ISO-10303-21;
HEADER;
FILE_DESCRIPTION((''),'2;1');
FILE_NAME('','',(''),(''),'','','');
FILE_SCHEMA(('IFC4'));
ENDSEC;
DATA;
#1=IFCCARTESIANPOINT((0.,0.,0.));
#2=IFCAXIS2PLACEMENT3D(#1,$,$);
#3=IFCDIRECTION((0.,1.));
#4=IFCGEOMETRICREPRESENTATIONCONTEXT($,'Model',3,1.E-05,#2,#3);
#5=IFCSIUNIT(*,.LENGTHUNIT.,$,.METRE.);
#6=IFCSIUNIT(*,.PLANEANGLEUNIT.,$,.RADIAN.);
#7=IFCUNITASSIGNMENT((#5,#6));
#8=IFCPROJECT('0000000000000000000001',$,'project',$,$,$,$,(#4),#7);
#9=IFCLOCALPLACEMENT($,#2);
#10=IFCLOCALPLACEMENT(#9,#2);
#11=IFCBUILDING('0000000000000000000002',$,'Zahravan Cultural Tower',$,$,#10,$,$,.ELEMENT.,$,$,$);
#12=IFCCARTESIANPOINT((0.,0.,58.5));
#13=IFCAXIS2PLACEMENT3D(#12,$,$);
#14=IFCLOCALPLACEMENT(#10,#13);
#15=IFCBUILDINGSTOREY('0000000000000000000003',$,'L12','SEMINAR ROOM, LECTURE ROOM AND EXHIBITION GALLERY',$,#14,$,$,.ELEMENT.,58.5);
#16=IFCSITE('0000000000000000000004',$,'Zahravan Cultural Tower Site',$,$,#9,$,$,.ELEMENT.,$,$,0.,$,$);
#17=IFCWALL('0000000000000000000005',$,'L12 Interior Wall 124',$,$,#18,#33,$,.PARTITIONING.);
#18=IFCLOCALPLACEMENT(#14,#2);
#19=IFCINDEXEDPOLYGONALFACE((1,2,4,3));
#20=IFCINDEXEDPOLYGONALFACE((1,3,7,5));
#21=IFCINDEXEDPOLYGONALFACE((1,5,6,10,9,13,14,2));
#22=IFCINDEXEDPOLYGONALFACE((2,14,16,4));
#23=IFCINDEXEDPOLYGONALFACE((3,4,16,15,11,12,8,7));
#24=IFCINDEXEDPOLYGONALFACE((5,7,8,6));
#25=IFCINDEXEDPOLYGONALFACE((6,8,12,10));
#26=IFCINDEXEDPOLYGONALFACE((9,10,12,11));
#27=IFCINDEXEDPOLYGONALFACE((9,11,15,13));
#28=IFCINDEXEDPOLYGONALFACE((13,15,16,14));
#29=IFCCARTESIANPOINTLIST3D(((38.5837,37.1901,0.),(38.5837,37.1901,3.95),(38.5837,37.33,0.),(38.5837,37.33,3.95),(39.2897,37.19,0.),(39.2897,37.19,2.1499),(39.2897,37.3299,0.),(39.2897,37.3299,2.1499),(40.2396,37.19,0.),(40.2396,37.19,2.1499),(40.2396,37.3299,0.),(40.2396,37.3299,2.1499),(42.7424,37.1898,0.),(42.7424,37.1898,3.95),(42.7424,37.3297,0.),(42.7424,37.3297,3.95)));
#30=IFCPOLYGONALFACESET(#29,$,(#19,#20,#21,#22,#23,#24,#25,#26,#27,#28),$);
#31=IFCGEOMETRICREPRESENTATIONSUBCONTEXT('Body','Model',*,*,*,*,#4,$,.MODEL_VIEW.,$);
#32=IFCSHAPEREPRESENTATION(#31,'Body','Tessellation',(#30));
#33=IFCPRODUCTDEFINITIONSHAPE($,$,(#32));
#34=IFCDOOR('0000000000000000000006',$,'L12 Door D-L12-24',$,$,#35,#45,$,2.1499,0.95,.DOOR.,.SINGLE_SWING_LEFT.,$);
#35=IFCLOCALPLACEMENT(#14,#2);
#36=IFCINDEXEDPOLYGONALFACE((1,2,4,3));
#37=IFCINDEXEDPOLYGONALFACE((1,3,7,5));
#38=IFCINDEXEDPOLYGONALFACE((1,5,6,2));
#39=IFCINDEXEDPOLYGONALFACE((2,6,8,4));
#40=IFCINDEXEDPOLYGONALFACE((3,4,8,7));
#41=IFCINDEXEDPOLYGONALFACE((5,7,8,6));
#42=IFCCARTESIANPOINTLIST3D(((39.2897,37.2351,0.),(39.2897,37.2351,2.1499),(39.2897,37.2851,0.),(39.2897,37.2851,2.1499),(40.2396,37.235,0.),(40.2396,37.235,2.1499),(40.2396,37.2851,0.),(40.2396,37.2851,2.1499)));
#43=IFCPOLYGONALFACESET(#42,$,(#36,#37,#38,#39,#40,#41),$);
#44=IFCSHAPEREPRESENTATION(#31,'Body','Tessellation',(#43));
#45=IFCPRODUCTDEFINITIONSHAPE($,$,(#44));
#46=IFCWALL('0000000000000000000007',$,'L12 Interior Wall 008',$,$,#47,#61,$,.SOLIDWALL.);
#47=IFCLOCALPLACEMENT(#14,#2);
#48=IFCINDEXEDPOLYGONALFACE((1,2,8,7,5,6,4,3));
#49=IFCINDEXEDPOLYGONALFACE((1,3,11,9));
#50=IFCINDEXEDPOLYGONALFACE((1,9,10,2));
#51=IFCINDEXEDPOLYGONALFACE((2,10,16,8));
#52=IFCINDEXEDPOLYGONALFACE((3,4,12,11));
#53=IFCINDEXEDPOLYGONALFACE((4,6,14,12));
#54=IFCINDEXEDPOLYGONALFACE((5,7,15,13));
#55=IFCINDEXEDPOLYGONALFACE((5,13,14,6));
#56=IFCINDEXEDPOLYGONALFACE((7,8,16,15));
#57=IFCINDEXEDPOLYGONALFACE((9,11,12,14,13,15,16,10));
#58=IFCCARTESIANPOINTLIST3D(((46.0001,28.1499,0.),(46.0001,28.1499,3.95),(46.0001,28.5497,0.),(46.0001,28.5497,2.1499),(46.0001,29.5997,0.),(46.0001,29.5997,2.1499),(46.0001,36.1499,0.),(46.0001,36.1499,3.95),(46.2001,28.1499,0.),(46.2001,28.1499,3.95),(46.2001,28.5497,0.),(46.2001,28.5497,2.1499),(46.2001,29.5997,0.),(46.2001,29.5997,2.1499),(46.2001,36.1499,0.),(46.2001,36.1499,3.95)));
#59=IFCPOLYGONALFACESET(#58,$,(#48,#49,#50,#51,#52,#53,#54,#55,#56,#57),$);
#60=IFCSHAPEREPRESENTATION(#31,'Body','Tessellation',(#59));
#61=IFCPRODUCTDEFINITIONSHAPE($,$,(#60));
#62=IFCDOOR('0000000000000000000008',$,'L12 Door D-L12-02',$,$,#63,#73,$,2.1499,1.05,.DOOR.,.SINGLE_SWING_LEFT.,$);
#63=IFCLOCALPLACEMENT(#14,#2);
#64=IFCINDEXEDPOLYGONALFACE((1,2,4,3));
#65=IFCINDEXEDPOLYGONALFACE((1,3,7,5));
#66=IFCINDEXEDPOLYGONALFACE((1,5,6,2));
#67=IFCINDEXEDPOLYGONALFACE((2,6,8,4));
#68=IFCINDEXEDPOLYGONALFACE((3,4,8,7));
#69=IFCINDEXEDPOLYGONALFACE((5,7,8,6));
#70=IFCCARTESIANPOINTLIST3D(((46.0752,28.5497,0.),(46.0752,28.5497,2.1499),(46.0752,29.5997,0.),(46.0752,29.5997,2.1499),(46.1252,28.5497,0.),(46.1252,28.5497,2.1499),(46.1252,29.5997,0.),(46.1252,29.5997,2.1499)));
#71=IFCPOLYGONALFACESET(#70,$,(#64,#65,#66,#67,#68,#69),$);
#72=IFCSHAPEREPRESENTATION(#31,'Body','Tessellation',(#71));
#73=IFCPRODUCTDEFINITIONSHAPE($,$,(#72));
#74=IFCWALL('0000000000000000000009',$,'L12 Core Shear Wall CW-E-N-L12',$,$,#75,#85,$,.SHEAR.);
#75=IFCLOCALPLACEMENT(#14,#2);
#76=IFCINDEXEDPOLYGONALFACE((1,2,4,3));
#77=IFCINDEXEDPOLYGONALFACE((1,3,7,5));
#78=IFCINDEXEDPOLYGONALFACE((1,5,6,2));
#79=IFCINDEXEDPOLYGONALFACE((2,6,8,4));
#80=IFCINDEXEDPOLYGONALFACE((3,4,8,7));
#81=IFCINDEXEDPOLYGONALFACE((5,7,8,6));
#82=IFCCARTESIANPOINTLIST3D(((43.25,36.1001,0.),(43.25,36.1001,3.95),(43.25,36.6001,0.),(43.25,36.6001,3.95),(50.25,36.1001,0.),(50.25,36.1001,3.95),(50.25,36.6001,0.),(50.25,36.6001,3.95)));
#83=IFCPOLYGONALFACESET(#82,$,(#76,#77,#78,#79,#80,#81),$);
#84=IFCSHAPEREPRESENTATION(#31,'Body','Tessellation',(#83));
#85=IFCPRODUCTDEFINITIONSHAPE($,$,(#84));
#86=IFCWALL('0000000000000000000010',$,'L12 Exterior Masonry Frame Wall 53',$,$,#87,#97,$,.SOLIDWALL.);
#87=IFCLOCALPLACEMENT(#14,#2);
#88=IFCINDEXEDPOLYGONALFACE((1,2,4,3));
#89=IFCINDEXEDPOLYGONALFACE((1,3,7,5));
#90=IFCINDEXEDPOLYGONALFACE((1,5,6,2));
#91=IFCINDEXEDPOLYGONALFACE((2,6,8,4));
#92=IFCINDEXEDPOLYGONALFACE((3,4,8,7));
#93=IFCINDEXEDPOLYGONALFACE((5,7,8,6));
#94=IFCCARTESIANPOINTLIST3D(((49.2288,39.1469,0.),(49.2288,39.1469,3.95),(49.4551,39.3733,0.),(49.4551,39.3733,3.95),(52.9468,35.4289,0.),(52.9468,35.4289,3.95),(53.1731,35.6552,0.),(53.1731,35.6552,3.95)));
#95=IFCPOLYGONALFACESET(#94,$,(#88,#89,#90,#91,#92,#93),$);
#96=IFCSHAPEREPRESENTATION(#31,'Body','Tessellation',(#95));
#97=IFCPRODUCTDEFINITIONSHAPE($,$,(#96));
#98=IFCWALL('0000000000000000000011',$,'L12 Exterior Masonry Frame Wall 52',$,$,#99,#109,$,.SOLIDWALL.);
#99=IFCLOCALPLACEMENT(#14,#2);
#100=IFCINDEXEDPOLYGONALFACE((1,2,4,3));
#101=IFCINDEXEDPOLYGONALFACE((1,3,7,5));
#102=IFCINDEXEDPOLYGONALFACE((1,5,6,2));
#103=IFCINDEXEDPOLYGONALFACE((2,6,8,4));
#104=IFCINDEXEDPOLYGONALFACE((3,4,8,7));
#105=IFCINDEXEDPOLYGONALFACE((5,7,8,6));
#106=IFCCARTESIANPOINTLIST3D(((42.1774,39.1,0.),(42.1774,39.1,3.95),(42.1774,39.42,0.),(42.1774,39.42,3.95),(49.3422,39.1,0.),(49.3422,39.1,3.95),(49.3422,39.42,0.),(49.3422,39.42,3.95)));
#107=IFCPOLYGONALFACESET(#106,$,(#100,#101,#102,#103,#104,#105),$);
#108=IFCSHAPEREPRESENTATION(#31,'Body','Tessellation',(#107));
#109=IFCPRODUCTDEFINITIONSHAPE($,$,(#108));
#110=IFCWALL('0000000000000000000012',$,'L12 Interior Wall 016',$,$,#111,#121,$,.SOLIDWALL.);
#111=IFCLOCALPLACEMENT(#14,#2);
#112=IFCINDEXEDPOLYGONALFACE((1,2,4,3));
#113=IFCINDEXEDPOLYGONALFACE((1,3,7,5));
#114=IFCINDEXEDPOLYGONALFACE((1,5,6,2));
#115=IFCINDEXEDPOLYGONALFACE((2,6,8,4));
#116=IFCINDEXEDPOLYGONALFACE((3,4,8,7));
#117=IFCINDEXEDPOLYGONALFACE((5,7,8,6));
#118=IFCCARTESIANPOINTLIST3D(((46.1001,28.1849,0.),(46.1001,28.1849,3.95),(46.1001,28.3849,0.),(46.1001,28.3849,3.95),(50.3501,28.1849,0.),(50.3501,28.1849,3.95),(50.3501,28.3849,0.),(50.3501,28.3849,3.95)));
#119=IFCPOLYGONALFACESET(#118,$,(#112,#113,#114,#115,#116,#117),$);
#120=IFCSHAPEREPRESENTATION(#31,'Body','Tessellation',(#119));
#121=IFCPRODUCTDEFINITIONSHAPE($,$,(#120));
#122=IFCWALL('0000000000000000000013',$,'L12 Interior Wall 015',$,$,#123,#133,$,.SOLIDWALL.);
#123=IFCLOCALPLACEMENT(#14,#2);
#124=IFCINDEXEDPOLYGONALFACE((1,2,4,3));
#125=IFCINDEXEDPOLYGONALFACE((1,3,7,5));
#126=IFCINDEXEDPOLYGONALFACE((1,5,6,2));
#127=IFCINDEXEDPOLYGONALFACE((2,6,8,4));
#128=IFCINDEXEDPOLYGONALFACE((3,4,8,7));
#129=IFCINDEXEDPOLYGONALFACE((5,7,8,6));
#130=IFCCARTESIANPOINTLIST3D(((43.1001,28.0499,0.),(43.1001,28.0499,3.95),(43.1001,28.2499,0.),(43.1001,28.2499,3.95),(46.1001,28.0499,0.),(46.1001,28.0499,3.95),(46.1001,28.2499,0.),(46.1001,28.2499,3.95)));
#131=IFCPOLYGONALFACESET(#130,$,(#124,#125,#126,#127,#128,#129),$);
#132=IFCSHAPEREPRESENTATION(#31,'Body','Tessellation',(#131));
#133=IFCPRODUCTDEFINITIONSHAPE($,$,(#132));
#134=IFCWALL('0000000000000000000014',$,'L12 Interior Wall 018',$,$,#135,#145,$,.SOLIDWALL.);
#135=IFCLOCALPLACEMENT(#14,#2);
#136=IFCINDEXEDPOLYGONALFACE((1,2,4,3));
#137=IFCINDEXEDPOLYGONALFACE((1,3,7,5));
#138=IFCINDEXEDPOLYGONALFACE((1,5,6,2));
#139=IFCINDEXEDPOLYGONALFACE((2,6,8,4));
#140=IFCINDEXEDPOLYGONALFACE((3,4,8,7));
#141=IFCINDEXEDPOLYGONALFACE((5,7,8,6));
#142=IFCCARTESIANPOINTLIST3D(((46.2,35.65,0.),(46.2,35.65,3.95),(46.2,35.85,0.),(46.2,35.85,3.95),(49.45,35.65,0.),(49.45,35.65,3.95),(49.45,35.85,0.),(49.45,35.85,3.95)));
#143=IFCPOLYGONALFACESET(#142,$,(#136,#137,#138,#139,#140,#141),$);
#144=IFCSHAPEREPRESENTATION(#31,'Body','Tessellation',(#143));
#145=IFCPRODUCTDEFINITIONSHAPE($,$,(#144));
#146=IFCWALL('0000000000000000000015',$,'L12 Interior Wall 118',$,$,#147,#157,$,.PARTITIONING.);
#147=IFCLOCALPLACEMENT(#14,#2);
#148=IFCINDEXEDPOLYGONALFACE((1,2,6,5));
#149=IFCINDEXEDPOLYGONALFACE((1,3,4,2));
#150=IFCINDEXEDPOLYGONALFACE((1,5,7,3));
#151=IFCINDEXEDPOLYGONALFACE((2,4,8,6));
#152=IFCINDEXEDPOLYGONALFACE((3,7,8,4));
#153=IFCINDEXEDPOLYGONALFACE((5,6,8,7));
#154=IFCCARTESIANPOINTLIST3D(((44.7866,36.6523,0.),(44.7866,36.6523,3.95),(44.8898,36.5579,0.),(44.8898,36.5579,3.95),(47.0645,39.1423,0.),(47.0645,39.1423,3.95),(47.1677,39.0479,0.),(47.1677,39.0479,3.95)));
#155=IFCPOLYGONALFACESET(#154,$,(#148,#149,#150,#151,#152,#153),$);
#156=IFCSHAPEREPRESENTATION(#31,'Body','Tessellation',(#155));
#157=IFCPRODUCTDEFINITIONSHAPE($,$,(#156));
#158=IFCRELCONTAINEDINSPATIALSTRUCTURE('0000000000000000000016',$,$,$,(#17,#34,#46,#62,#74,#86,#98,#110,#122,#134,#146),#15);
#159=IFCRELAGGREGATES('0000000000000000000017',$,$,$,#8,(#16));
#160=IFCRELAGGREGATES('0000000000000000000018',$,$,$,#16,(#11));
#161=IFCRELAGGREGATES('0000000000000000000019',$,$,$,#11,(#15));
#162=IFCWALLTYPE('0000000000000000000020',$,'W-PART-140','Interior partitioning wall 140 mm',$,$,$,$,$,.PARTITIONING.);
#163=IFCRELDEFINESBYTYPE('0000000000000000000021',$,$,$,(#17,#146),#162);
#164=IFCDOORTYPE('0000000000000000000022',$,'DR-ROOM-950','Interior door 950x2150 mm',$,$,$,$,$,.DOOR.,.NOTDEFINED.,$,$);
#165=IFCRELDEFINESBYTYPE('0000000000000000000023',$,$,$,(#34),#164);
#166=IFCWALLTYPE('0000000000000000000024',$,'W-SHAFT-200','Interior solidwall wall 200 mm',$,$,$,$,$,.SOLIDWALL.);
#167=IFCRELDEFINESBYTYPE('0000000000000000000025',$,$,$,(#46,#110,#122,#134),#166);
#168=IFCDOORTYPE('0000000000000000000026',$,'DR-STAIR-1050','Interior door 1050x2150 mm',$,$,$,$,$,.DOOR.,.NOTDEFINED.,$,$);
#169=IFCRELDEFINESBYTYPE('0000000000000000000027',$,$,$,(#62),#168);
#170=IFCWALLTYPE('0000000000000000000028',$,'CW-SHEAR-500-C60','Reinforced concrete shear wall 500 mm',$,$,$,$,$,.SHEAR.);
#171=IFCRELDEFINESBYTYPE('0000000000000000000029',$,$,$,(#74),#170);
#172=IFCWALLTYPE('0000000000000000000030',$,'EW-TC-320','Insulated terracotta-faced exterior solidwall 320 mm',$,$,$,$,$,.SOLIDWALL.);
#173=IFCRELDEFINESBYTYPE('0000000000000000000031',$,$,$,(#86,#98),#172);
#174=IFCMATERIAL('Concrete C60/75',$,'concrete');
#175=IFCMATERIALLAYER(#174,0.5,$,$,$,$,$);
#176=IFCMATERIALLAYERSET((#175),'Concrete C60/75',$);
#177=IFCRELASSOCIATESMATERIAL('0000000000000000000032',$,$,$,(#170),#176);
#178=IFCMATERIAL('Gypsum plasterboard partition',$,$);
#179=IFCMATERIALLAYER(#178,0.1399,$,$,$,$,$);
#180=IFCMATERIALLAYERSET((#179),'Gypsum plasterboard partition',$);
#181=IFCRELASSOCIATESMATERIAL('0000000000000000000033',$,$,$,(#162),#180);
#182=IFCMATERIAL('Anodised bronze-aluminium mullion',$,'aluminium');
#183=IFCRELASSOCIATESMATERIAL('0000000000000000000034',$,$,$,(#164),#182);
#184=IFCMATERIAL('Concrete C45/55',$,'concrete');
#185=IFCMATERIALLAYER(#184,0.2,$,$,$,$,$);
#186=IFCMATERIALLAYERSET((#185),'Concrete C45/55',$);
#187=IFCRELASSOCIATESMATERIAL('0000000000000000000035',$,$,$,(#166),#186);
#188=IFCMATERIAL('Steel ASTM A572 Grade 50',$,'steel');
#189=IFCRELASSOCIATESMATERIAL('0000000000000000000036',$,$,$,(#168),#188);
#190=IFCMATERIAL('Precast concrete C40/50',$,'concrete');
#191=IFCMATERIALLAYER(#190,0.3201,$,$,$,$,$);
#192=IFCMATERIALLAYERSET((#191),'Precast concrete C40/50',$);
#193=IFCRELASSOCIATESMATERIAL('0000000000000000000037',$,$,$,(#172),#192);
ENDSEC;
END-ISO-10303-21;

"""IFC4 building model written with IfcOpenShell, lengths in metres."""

from ifc_helpers import new_model, si_unit, direction, frame, frame_2d, origin, place, context, subcontext, project, spatial, rectangle, extrude, source, transform, mapped, material, layer, layer_set, type_object, element, fill, save


model = new_model("IFC4")

# Units and contexts
model_context = context("Model", 3, precision=1e-05, world=origin(), true_north=direction((0.0, 1.0)))
body_context = subcontext(model_context, "Body", "Model", "MODEL_VIEW")
ifc_project = project(units=[si_unit("LENGTHUNIT", "METRE"), si_unit("PLANEANGLEUNIT", "RADIAN")], contexts=[model_context])

# Site, building, storey
site_placement = place(None, origin())
site = spatial("IfcSite", under=ifc_project, at=site_placement, Name="Zahravan Cultural Tower Site", CompositionType="ELEMENT", RefElevation=0.0)
building_placement = place(site_placement, origin())
building = spatial("IfcBuilding", under=site, at=building_placement, Name="Zahravan Cultural Tower", CompositionType="ELEMENT")
storey_placement = place(building_placement, frame((0.0, 0.0, 58.5)))
storey = spatial("IfcBuildingStorey", under=building, at=storey_placement, Name="L12", Description="SEMINAR ROOM, LECTURE ROOM AND EXHIBITION GALLERY", CompositionType="ELEMENT", Elevation=58.5)

# Shared definitions
ifc_material_1 = material(Name="Concrete C60/75", Category="concrete")

# Walls, openings, doors
ifc_layer_1 = layer(ifc_material_1, 0.5)
ifc_layer_set_1 = layer_set([ifc_layer_1], Name="Concrete C60/75")
wall_type_1 = type_object("IfcWallType", Name="CW-SHEAR-500-C60", Description="Reinforced concrete shear wall 500 mm", PredefinedType="SHEAR", material=ifc_layer_set_1)
ifc_material_2 = material(Name="Steel ASTM A572 Grade 50", Category="steel")
ifc_material_3 = material(Name="Gypsum plasterboard partition")
ifc_layer_2 = layer(ifc_material_3, 0.1399)
ifc_layer_set_2 = layer_set([ifc_layer_2], Name="Gypsum plasterboard partition")
wall_type_2 = type_object("IfcWallType", Name="W-PART-140", Description="Interior partitioning wall 140 mm", PredefinedType="PARTITIONING", material=ifc_layer_set_2)
wall_1_placement = place(storey_placement, frame((42.7424, 37.2598, 0.0), z_axis=(0.0, 0.0, 1.0), x_axis=(-1.0, 0.000059, 0.0)))
wall_1 = element("IfcWall", 1, at=wall_1_placement, inside=storey, type_object=wall_type_2, Name="L12 Interior Wall 124", PredefinedType="PARTITIONING", context=body_context, shape_type="SweptSolid", body=[
    extrude(rectangle(XDim=4.1587, YDim=0.1399, at=frame_2d((2.0793, 0.0))), origin(), (0.0, 0.0, 1.0), 3.95),
])
opening_1_placement = place(wall_1_placement, frame((2.5027, 0.0, 0.0)))
opening_1 = element("IfcOpeningElement", 2, at=opening_1_placement, cuts=wall_1, PredefinedType="OPENING", context=body_context, shape_type="SweptSolid", body=[
    extrude(rectangle(XDim=0.95, YDim=2.1499, at=frame_2d((0.4751, 1.075))), frame((0.0, 0.0798, 0.0), z_axis=(0.0, -1.0, 0.0), x_axis=(1.0, 0.0, 0.0)), (0.0, 0.0, 1.0), 0.1599),
])
ifc_material_4 = material(Name="Anodised bronze-aluminium mullion", Category="aluminium")
door_type_1 = type_object("IfcDoorType", Name="DR-ROOM-950", Description="Interior door 950x2150 mm", OperationType="NOTDEFINED", PredefinedType="DOOR", material=ifc_material_4)
shared_shape_1 = source(origin(), body_context, "Body", "SweptSolid", [
    extrude(rectangle(XDim=0.95, YDim=2.1499, at=frame_2d((0.4751, 1.075))), frame((0.0, 0.0249, 0.0), z_axis=(0.0, -1.0, 0.0), x_axis=(1.0, 0.0, 0.0)), (0.0, 0.0, 1.0), 0.05),
])
door_1_placement = place(opening_1_placement, origin())
door_1 = element("IfcDoor", 3, at=door_1_placement, inside=storey, type_object=door_type_1, Name="L12 Door D-L12-24", OperationType="SINGLE_SWING_LEFT", OverallHeight=2.1499, OverallWidth=0.95, PredefinedType="DOOR", context=body_context, shape_type="MappedRepresentation", body=[
    mapped(shared_shape_1, transform((0.0, 0.0, 0.0), x_axis=(1.0, 0.0, 0.0), y_axis=(0.0, 1.0, 0.0), z_axis=(0.0, 0.0, 1.0), scale=1.0)),
])
fill(opening_1, door_1)
ifc_material_5 = material(Name="Concrete C45/55", Category="concrete")
ifc_layer_3 = layer(ifc_material_5, 0.2)
ifc_layer_set_3 = layer_set([ifc_layer_3], Name="Concrete C45/55")
wall_type_3 = type_object("IfcWallType", Name="W-SHAFT-200", Description="Interior solidwall wall 200 mm", PredefinedType="SOLIDWALL", material=ifc_layer_set_3)
wall_2_placement = place(storey_placement, frame((46.1001, 28.1499, 0.0), z_axis=(0.0, 0.0, 1.0), x_axis=(0.0, 1.0, 0.0)))
wall_2 = element("IfcWall", 4, at=wall_2_placement, inside=storey, type_object=wall_type_3, Name="L12 Interior Wall 008", PredefinedType="SOLIDWALL", context=body_context, shape_type="SweptSolid", body=[
    extrude(rectangle(XDim=8.0, YDim=0.2, at=frame_2d((4.0, 0.0))), origin(), (0.0, 0.0, 1.0), 3.95),
])
opening_2_placement = place(wall_2_placement, frame((0.3999, 0.0, 0.0)))
opening_2 = element("IfcOpeningElement", 5, at=opening_2_placement, cuts=wall_2, PredefinedType="OPENING", context=body_context, shape_type="SweptSolid", body=[
    extrude(rectangle(XDim=1.05, YDim=2.1499, at=frame_2d((0.5249, 1.075))), frame((0.0, 0.1099, 0.0), z_axis=(0.0, -1.0, 0.0), x_axis=(1.0, 0.0, 0.0)), (0.0, 0.0, 1.0), 0.22),
])
door_type_2 = type_object("IfcDoorType", Name="DR-STAIR-1050", Description="Interior door 1050x2150 mm", OperationType="NOTDEFINED", PredefinedType="DOOR", material=ifc_material_2)
shared_shape_2 = source(origin(), body_context, "Body", "SweptSolid", [
    extrude(rectangle(XDim=1.05, YDim=2.1499, at=frame_2d((0.5249, 1.075))), frame((0.0, 0.0249, 0.0), z_axis=(0.0, -1.0, 0.0), x_axis=(1.0, 0.0, 0.0)), (0.0, 0.0, 1.0), 0.05),
])
door_2_placement = place(opening_2_placement, origin())
door_2 = element("IfcDoor", 6, at=door_2_placement, inside=storey, type_object=door_type_2, Name="L12 Door D-L12-02", OperationType="SINGLE_SWING_LEFT", OverallHeight=2.1499, OverallWidth=1.05, PredefinedType="DOOR", context=body_context, shape_type="MappedRepresentation", body=[
    mapped(shared_shape_2, transform((0.0, 0.0, 0.0), x_axis=(1.0, 0.0, 0.0), y_axis=(0.0, 1.0, 0.0), z_axis=(0.0, 0.0, 1.0), scale=1.0)),
])
fill(opening_2, door_2)

# Walls
shared_shape_3 = source(origin(), body_context, "Body", "SweptSolid", [
    extrude(rectangle(XDim=7.0, YDim=0.5, at=frame_2d((3.5, 0.0))), origin(), (0.0, 0.0, 1.0), 3.95),
])
wall_3_placement = place(storey_placement, frame((43.25, 36.3501, 0.0), z_axis=(0.0, 0.0, 1.0), x_axis=(1.0, 0.0, 0.0)))
element("IfcWall", 7, at=wall_3_placement, inside=storey, type_object=wall_type_1, Name="L12 Core Shear Wall CW-E-N-L12", PredefinedType="SHEAR", context=body_context, shape_type="MappedRepresentation", body=[
    mapped(shared_shape_3, transform((0.0, 0.0, 0.0), x_axis=(1.0, 0.0, 0.0), y_axis=(0.0, 1.0, 0.0), z_axis=(0.0, 0.0, 1.0), scale=1.0)),
])
ifc_material_6 = material(Name="Precast concrete C40/50", Category="concrete")
ifc_layer_4 = layer(ifc_material_6, 0.3201)
ifc_layer_set_4 = layer_set([ifc_layer_4], Name="Precast concrete C40/50")
wall_type_4 = type_object("IfcWallType", Name="EW-TC-320", Description="Insulated terracotta-faced exterior solidwall 320 mm", PredefinedType="SOLIDWALL", material=ifc_layer_set_4)
shared_shape_4 = source(origin(), body_context, "Body", "SweptSolid", [
    extrude(rectangle(XDim=5.2581, YDim=0.3201, at=frame_2d((2.6289, 0.0))), origin(), (0.0, 0.0, 1.0), 3.95),
])
wall_4_placement = place(storey_placement, frame((49.342, 39.26, 0.0), z_axis=(0.0, 0.0, 1.0), x_axis=(0.707107, -0.707107, 0.0)))
element("IfcWall", 8, at=wall_4_placement, inside=storey, type_object=wall_type_4, Name="L12 Exterior Masonry Frame Wall 53", PredefinedType="SOLIDWALL", context=body_context, shape_type="MappedRepresentation", body=[
    mapped(shared_shape_4, transform((0.0, 0.0, 0.0), x_axis=(1.0, 0.0, 0.0), y_axis=(0.0, 1.0, 0.0), z_axis=(0.0, 0.0, 1.0), scale=1.0)),
])
shared_shape_5 = source(origin(), body_context, "Body", "SweptSolid", [
    extrude(rectangle(XDim=7.1648, YDim=0.3201, at=frame_2d((3.5825, 0.0))), origin(), (0.0, 0.0, 1.0), 3.95),
])
wall_5_placement = place(storey_placement, frame((42.1772, 39.26, 0.0), z_axis=(0.0, 0.0, 1.0), x_axis=(1.0, 0.0, 0.0)))
element("IfcWall", 9, at=wall_5_placement, inside=storey, type_object=wall_type_4, Name="L12 Exterior Masonry Frame Wall 52", PredefinedType="SOLIDWALL", context=body_context, shape_type="MappedRepresentation", body=[
    mapped(shared_shape_5, transform((0.0, 0.0, 0.0), x_axis=(1.0, 0.0, 0.0), y_axis=(0.0, 1.0, 0.0), z_axis=(0.0, 0.0, 1.0), scale=1.0)),
])
shared_shape_6 = source(origin(), body_context, "Body", "SweptSolid", [
    extrude(rectangle(XDim=4.25, YDim=0.2, at=frame_2d((2.125, 0.0))), origin(), (0.0, 0.0, 1.0), 3.95),
])
wall_6_placement = place(storey_placement, frame((46.1001, 28.2849, 0.0), z_axis=(0.0, 0.0, 1.0), x_axis=(1.0, 0.0, 0.0)))
element("IfcWall", 10, at=wall_6_placement, inside=storey, type_object=wall_type_3, Name="L12 Interior Wall 016", PredefinedType="SOLIDWALL", context=body_context, shape_type="MappedRepresentation", body=[
    mapped(shared_shape_6, transform((0.0, 0.0, 0.0), x_axis=(1.0, 0.0, 0.0), y_axis=(0.0, 1.0, 0.0), z_axis=(0.0, 0.0, 1.0), scale=1.0)),
])
shared_shape_7 = source(origin(), body_context, "Body", "SweptSolid", [
    extrude(rectangle(XDim=3.0, YDim=0.2, at=frame_2d((1.5, 0.0))), origin(), (0.0, 0.0, 1.0), 3.95),
])
wall_7_placement = place(storey_placement, frame((43.1001, 28.1499, 0.0), z_axis=(0.0, 0.0, 1.0), x_axis=(1.0, 0.0, 0.0)))
element("IfcWall", 11, at=wall_7_placement, inside=storey, type_object=wall_type_3, Name="L12 Interior Wall 015", PredefinedType="SOLIDWALL", context=body_context, shape_type="MappedRepresentation", body=[
    mapped(shared_shape_7, transform((0.0, 0.0, 0.0), x_axis=(1.0, 0.0, 0.0), y_axis=(0.0, 1.0, 0.0), z_axis=(0.0, 0.0, 1.0), scale=1.0)),
])
shared_shape_8 = source(origin(), body_context, "Body", "SweptSolid", [
    extrude(rectangle(XDim=3.25, YDim=0.2, at=frame_2d((1.625, 0.0))), origin(), (0.0, 0.0, 1.0), 3.95),
])
wall_8_placement = place(storey_placement, frame((46.2, 35.75, 0.0), z_axis=(0.0, 0.0, 1.0), x_axis=(1.0, 0.0, 0.0)))
element("IfcWall", 12, at=wall_8_placement, inside=storey, type_object=wall_type_3, Name="L12 Interior Wall 018", PredefinedType="SOLIDWALL", context=body_context, shape_type="MappedRepresentation", body=[
    mapped(shared_shape_8, transform((0.0, 0.0, 0.0), x_axis=(1.0, 0.0, 0.0), y_axis=(0.0, 1.0, 0.0), z_axis=(0.0, 0.0, 1.0), scale=1.0)),
])
shared_shape_9 = source(origin(), body_context, "Body", "SweptSolid", [
    extrude(rectangle(XDim=3.3748, YDim=0.1399, at=frame_2d((1.6875, 0.0))), origin(), (0.0, 0.0, 1.0), 3.95),
])
wall_9_placement = place(storey_placement, frame((44.8381, 36.605, 0.0), z_axis=(0.0, 0.0, 1.0), x_axis=(0.674974, 0.737841, 0.0)))
element("IfcWall", 13, at=wall_9_placement, inside=storey, type_object=wall_type_2, Name="L12 Interior Wall 118", PredefinedType="PARTITIONING", context=body_context, shape_type="MappedRepresentation", body=[
    mapped(shared_shape_9, transform((0.0, 0.0, 0.0), x_axis=(1.0, 0.0, 0.0), y_axis=(0.0, 1.0, 0.0), z_axis=(0.0, 0.0, 1.0), scale=1.0)),
])

save(model, "model.ifc")
